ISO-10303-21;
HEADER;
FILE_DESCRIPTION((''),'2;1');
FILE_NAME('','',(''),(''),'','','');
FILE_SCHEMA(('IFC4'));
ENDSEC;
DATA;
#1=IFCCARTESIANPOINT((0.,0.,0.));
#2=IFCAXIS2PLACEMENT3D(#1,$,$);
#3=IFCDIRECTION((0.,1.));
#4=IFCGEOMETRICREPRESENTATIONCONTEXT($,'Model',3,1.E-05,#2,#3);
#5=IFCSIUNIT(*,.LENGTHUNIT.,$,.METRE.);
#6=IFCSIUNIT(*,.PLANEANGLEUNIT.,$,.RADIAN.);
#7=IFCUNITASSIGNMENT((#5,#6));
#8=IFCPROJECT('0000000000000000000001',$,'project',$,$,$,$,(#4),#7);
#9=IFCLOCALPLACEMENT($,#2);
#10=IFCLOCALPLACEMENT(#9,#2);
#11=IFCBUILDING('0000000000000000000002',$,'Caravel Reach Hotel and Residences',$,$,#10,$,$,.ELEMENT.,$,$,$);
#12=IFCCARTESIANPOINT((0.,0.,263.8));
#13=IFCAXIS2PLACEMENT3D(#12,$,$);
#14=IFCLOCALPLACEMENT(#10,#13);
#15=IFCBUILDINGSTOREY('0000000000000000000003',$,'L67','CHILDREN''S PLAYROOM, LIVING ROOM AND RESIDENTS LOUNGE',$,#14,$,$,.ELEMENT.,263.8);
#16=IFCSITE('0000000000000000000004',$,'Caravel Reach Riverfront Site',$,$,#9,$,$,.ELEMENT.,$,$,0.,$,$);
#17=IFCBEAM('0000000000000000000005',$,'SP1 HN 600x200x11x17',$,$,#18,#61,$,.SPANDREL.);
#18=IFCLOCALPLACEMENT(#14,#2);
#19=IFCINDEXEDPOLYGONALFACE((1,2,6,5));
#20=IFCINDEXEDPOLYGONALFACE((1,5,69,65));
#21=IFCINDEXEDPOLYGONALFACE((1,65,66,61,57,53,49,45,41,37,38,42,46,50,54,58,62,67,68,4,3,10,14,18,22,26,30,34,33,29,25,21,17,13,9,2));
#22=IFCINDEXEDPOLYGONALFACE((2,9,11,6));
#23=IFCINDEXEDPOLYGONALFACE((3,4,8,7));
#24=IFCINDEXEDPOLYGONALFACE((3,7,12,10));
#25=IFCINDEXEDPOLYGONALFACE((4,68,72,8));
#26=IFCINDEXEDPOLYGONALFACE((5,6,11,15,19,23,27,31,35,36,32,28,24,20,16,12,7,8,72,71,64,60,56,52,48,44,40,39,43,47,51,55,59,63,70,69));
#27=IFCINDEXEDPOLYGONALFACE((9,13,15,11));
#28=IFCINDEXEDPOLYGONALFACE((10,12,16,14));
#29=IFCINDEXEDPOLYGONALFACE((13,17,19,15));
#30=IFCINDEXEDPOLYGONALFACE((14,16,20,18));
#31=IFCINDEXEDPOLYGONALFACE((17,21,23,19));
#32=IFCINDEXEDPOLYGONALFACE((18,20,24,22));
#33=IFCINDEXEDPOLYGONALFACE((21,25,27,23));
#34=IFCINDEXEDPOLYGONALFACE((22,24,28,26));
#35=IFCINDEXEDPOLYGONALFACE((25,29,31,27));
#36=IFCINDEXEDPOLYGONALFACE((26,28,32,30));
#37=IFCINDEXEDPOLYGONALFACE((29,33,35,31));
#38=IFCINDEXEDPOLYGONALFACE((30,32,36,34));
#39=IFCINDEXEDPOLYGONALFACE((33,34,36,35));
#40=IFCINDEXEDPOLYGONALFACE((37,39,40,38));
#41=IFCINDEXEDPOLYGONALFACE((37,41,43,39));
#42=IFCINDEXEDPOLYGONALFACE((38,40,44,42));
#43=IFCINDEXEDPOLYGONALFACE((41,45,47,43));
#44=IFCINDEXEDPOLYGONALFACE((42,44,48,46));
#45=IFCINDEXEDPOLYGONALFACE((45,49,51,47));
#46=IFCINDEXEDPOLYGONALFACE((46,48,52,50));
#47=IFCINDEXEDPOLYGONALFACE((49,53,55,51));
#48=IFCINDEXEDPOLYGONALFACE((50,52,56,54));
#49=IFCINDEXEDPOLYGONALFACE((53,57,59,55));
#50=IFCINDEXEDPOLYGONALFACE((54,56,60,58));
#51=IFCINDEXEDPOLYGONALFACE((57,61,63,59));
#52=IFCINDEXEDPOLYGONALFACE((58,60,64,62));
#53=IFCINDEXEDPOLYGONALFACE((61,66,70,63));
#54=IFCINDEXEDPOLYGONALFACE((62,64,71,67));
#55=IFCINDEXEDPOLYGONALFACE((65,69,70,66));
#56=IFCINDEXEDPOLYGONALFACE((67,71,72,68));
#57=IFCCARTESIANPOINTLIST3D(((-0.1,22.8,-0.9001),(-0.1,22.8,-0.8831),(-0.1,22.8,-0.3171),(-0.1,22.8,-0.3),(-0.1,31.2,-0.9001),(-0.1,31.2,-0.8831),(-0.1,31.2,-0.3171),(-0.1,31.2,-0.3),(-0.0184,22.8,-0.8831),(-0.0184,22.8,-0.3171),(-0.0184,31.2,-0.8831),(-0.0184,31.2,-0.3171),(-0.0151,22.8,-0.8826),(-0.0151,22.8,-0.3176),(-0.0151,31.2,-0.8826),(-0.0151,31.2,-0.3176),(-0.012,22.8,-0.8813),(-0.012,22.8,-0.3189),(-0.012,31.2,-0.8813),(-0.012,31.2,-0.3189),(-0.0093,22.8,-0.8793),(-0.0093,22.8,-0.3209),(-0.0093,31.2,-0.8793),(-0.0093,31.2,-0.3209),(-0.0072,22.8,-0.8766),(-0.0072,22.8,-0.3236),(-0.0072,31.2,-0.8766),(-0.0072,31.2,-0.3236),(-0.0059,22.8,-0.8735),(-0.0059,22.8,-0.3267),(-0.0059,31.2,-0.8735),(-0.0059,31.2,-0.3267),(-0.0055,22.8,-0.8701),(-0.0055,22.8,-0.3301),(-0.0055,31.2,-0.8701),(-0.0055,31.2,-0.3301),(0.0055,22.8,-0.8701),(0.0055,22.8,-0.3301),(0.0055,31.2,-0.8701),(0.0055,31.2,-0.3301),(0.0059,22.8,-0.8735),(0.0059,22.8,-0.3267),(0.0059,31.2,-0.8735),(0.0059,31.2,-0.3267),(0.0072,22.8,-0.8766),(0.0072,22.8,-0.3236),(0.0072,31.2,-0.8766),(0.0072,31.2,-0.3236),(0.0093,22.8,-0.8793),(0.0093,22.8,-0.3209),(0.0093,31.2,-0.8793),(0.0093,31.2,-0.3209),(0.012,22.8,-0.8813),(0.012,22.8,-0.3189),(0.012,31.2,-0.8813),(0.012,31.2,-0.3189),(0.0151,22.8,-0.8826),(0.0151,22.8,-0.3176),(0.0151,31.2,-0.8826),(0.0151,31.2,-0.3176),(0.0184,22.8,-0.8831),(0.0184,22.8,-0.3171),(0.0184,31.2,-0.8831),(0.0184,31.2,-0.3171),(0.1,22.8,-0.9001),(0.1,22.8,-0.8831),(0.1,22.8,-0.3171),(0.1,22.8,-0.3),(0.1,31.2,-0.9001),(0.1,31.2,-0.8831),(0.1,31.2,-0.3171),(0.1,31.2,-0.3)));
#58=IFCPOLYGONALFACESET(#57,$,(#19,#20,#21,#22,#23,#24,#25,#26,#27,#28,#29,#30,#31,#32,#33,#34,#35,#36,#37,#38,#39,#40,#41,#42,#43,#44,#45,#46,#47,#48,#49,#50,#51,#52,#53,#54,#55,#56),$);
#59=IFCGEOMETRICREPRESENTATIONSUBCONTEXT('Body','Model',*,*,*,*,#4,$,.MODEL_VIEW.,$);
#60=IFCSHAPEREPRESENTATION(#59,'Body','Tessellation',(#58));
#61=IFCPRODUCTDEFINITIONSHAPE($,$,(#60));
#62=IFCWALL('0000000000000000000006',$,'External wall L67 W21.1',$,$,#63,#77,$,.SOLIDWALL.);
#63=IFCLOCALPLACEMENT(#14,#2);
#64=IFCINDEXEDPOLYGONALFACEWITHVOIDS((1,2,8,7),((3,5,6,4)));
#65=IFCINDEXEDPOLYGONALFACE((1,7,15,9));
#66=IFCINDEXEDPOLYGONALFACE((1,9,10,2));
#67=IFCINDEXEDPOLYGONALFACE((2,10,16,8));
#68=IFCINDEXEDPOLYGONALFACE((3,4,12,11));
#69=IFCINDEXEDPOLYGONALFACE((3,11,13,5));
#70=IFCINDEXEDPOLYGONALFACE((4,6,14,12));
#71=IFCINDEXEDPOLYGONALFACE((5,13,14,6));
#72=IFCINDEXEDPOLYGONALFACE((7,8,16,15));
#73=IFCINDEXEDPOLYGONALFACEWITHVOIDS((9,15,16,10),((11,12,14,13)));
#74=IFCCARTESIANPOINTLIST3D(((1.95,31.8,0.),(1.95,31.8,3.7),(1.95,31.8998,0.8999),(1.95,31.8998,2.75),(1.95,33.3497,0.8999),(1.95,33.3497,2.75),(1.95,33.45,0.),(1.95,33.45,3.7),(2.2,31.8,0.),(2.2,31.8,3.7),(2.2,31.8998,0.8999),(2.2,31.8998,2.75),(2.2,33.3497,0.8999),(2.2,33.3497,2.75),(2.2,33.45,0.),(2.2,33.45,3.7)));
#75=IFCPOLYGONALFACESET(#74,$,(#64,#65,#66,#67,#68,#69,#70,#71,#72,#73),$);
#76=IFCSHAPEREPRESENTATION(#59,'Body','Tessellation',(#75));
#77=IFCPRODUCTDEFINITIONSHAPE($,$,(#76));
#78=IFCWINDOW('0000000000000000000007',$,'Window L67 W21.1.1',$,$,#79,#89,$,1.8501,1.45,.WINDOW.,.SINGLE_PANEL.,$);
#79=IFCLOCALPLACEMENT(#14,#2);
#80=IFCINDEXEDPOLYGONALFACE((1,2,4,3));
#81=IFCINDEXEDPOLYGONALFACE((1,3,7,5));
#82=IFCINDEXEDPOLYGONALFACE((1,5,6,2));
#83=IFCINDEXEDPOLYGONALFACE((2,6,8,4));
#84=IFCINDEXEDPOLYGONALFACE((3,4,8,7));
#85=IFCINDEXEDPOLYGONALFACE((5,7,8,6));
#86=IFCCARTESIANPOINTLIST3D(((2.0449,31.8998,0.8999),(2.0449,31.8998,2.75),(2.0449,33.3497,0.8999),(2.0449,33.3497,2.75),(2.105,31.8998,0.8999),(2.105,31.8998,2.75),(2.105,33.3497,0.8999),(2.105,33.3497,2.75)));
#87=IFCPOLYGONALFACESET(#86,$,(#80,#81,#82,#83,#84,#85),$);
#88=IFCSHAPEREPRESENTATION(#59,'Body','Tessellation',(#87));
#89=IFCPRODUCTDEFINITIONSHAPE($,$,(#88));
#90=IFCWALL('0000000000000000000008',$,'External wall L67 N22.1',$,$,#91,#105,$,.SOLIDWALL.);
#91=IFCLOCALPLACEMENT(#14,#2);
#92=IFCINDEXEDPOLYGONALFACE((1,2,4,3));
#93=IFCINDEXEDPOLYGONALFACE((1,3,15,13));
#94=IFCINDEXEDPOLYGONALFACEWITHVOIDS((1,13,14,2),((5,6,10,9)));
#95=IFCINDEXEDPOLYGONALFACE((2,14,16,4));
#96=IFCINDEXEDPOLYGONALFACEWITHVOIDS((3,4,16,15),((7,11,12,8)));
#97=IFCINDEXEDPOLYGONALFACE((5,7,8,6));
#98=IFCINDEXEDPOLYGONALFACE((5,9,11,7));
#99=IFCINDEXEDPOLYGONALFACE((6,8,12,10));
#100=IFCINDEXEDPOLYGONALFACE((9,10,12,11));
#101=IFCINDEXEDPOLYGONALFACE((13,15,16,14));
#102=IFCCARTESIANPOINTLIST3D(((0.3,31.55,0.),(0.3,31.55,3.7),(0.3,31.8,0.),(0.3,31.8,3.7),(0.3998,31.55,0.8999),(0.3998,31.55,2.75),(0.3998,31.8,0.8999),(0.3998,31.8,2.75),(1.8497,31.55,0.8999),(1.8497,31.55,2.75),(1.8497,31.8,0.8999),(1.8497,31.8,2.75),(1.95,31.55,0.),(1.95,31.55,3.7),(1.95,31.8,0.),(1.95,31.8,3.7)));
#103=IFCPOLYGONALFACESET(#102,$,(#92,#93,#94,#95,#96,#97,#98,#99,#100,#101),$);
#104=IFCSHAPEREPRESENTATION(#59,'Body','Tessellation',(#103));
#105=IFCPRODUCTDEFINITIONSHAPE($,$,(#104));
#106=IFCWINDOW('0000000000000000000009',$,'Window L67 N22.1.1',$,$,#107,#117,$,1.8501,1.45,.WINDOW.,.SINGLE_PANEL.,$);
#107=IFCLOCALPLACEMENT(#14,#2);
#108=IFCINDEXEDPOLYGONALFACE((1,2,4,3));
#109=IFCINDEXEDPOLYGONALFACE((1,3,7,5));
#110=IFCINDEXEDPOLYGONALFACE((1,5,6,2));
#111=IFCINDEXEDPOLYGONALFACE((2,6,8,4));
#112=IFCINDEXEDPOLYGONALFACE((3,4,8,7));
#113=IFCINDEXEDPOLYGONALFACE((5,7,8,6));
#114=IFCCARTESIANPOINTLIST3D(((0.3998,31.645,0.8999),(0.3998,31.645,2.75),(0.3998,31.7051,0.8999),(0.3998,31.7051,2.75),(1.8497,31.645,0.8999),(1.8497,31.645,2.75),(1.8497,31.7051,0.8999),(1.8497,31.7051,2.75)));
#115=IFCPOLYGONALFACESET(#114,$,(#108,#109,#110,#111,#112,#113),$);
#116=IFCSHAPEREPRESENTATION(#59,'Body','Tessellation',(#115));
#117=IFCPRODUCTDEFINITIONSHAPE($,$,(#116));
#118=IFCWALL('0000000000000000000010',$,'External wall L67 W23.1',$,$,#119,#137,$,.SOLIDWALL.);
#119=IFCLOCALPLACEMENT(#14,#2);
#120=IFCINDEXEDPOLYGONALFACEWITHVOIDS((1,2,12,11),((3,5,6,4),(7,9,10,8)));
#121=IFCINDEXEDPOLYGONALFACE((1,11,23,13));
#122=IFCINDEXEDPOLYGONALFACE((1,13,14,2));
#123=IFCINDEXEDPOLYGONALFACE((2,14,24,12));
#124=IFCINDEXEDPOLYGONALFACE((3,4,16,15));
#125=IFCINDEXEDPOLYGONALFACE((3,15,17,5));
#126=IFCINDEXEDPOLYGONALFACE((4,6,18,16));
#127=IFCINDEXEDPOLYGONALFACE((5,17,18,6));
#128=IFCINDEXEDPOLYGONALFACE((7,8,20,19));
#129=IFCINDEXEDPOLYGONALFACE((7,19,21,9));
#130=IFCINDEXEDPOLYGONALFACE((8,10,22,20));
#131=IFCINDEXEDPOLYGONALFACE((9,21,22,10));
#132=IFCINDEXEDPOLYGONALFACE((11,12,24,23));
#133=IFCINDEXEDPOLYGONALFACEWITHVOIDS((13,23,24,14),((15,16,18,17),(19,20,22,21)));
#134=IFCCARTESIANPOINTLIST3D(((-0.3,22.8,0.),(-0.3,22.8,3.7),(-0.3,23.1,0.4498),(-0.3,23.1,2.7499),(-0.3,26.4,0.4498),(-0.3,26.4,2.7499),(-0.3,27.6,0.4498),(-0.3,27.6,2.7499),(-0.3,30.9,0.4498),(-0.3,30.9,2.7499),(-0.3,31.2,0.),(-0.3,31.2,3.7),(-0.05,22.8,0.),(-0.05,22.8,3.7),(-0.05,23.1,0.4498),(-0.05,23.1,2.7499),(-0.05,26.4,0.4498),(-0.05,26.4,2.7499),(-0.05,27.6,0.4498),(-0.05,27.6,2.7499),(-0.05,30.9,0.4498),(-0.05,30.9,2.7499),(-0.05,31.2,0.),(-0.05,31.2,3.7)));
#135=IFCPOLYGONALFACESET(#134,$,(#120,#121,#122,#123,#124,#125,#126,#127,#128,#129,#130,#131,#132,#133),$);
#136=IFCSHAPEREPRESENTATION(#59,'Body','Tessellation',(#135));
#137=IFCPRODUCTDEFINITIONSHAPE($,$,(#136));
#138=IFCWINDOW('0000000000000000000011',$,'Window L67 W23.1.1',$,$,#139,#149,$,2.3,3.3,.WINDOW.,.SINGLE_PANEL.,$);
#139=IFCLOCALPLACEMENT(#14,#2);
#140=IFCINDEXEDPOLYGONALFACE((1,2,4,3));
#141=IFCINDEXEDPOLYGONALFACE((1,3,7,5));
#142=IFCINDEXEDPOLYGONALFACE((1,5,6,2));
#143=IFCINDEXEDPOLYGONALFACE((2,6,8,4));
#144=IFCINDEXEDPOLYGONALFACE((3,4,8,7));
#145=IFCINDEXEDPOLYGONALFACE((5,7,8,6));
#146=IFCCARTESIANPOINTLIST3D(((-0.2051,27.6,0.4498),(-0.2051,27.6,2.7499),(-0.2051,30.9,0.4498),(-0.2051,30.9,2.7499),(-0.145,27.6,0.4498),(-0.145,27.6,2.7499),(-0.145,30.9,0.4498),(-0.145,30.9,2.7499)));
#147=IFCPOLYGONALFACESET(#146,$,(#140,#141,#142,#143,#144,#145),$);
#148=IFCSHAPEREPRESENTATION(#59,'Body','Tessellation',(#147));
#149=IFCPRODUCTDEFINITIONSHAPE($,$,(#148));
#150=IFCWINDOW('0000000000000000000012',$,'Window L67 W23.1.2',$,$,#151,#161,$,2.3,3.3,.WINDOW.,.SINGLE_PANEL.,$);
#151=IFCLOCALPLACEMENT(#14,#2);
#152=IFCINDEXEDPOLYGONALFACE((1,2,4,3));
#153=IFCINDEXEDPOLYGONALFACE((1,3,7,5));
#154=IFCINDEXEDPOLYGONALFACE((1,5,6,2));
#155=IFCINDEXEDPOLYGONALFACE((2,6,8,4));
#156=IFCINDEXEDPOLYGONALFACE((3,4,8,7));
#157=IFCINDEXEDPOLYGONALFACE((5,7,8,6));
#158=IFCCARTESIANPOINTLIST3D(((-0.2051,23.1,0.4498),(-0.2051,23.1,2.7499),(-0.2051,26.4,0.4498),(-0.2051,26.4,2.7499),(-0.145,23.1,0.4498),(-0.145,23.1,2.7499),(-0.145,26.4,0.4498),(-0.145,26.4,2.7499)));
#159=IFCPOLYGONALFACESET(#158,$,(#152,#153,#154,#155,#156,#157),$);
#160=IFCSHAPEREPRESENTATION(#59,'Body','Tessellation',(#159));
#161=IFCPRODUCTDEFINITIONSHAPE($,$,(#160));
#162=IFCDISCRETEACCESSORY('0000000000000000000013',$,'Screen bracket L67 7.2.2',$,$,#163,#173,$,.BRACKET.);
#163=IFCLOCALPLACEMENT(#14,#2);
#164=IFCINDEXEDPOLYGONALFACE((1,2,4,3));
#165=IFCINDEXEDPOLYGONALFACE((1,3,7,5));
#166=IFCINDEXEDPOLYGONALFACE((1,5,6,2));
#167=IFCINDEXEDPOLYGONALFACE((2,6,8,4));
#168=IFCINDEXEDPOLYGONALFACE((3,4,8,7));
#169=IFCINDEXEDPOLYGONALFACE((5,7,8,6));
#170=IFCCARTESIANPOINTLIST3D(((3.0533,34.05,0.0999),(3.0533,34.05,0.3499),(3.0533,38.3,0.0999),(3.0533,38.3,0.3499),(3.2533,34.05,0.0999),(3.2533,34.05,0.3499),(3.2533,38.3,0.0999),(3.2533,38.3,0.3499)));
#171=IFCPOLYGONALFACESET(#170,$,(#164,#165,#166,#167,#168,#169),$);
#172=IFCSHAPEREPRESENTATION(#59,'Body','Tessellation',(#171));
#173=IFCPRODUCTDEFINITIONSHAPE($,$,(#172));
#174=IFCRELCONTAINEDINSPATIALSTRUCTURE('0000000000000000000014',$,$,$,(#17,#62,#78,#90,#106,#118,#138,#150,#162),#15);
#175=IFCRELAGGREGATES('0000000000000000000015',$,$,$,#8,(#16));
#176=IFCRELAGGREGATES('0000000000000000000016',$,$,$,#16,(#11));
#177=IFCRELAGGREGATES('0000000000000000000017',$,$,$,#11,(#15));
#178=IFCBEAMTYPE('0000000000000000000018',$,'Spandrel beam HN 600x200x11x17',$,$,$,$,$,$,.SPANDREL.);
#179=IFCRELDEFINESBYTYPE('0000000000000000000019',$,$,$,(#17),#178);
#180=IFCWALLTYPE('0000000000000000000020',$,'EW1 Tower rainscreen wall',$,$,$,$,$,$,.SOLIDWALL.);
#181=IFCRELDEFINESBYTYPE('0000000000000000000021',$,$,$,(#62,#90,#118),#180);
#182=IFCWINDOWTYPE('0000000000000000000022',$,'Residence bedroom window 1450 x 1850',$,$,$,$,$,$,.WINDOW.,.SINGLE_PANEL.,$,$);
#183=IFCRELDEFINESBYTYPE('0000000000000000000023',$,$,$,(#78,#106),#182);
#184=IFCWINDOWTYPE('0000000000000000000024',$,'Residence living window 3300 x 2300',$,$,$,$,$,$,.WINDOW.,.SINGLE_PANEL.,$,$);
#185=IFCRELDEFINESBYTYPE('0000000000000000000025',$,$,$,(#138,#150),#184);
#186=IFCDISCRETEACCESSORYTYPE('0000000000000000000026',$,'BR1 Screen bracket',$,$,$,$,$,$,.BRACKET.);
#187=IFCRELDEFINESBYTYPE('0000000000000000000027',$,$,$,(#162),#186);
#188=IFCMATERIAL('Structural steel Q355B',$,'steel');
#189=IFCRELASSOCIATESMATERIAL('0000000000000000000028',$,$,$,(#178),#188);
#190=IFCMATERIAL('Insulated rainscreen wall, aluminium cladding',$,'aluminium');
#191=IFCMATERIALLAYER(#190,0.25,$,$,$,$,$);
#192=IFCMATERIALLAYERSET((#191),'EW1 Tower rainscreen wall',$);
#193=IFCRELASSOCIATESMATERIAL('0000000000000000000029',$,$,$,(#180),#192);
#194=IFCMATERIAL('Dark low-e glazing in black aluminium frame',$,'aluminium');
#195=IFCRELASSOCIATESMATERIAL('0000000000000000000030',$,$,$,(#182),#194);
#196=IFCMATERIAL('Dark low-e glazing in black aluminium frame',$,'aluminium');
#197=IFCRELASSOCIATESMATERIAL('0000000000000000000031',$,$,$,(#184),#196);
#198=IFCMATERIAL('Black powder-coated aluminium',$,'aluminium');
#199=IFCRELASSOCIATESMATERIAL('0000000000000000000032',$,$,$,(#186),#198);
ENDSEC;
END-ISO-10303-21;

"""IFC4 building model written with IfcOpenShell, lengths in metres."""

from ifc_helpers import new_model, si_unit, direction, frame, frame_2d, origin, origin_2d, place, context, subcontext, project, spatial, rectangle, i_section, extrude, material, layer, layer_set, material_profile, profile_set, type_object, element, fill, save


model = new_model("IFC4")

# Units and contexts
model_context = context("Model", 3, precision=1e-05, world=origin(), true_north=direction((0.0, 1.0)))
body_context = subcontext(model_context, "Body", "Model", "MODEL_VIEW")
ifc_project = project(units=[si_unit("LENGTHUNIT", "METRE"), si_unit("PLANEANGLEUNIT", "RADIAN")], contexts=[model_context])

# Site, building, storey
site_placement = place(None, origin())
site = spatial("IfcSite", under=ifc_project, at=site_placement, Name="Caravel Reach Riverfront Site", CompositionType="ELEMENT", RefElevation=0.0)
building_placement = place(site_placement, origin())
building = spatial("IfcBuilding", under=site, at=building_placement, Name="Caravel Reach Hotel and Residences", CompositionType="ELEMENT")
storey_placement = place(building_placement, frame((0.0, 0.0, 263.8)))
storey = spatial("IfcBuildingStorey", under=building, at=storey_placement, Name="L67", Description="CHILDREN'S PLAYROOM, LIVING ROOM AND RESIDENTS LOUNGE", CompositionType="ELEMENT", Elevation=263.8)

# Beam
ifc_material_1 = material(Name="Structural steel Q355B", Category="steel")
ifc_material_profile_1 = material_profile(ifc_material_1, i_section(OverallWidth=0.2, OverallDepth=0.6001, WebThickness=0.011, FlangeThickness=0.0171, FilletRadius=0.0129, at=origin_2d()), Name="HN 600x200x11x17")
ifc_profile_set_1 = profile_set([ifc_material_profile_1], Name="Structural steel Q355B")
beam_type = type_object("IfcBeamType", Name="Spandrel beam HN 600x200x11x17", PredefinedType="SPANDREL", material=ifc_profile_set_1)
beam_placement = place(storey_placement, frame((0.0, 31.2, -0.6001), z_axis=(0.0, -1.0, 0.0), x_axis=(1.0, 0.0, 0.0)))
element("IfcBeam", 1, at=beam_placement, inside=storey, type_object=beam_type, Name="SP1 HN 600x200x11x17", PredefinedType="SPANDREL", context=body_context, shape_type="SweptSolid", body=[
    extrude(i_section(OverallWidth=0.2, OverallDepth=0.6001, WebThickness=0.011, FlangeThickness=0.0171, FilletRadius=0.0129, at=origin_2d()), origin(), (0.0, 0.0, 1.0), 8.3999),
])

# Walls, openings, windows
ifc_material_2 = material(Name="Insulated rainscreen wall, aluminium cladding", Category="aluminium")
ifc_layer = layer(ifc_material_2, 0.25)
ifc_layer_set = layer_set([ifc_layer], Name="EW1 Tower rainscreen wall")
wall_type = type_object("IfcWallType", Name="EW1 Tower rainscreen wall", PredefinedType="SOLIDWALL", material=ifc_layer_set)
wall_1_placement = place(storey_placement, frame((2.075, 33.45, 0.0), z_axis=(0.0, 0.0, 1.0), x_axis=(0.0, -1.0, 0.0)))
wall_1 = element("IfcWall", 2, at=wall_1_placement, inside=storey, type_object=wall_type, Name="External wall L67 W21.1", PredefinedType="SOLIDWALL", context=body_context, shape_type="SweptSolid", body=[
    extrude(rectangle(XDim=1.6499, YDim=0.25, at=frame_2d((0.825, 0.0))), origin(), (0.0, 0.0, 1.0), 3.7),
])
opening_1_placement = place(wall_1_placement, frame((0.1001, 0.0, 0.8999)))
opening_1 = element("IfcOpeningElement", 3, at=opening_1_placement, cuts=wall_1, PredefinedType="OPENING", context=body_context, shape_type="SweptSolid", body=[
    extrude(rectangle(XDim=1.45, YDim=1.8501, at=frame_2d((0.7251, 0.925))), frame((0.0, 0.135, 0.0), z_axis=(0.0, -1.0, 0.0), x_axis=(1.0, 0.0, 0.0)), (0.0, 0.0, 1.0), 0.27),
])
ifc_material_3 = material(Name="Dark low-e glazing in black aluminium frame", Category="aluminium")
window_type_1 = type_object("IfcWindowType", Name="Residence bedroom window 1450 x 1850", PartitioningType="SINGLE_PANEL", PredefinedType="WINDOW", material=ifc_material_3)
window_1_placement = place(opening_1_placement, origin())
window_1 = element("IfcWindow", 4, at=window_1_placement, inside=storey, type_object=window_type_1, Name="Window L67 W21.1.1", OverallHeight=1.8501, OverallWidth=1.45, PartitioningType="SINGLE_PANEL", PredefinedType="WINDOW", context=body_context, shape_type="SweptSolid", body=[
    extrude(rectangle(XDim=1.45, YDim=1.8501, at=frame_2d((0.7251, 0.925))), frame((0.0, 0.03, 0.0), z_axis=(0.0, -1.0, 0.0), x_axis=(1.0, 0.0, 0.0)), (0.0, 0.0, 1.0), 0.0601),
])
fill(opening_1, window_1)
wall_2_placement = place(storey_placement, frame((1.95, 31.675, 0.0), z_axis=(0.0, 0.0, 1.0), x_axis=(-1.0, 0.0, 0.0)))
wall_2 = element("IfcWall", 5, at=wall_2_placement, inside=storey, type_object=wall_type, Name="External wall L67 N22.1", PredefinedType="SOLIDWALL", context=body_context, shape_type="SweptSolid", body=[
    extrude(rectangle(XDim=1.6499, YDim=0.25, at=frame_2d((0.825, 0.0))), origin(), (0.0, 0.0, 1.0), 3.7),
])
opening_2_placement = place(wall_2_placement, frame((0.1001, 0.0, 0.8999)))
opening_2 = element("IfcOpeningElement", 6, at=opening_2_placement, cuts=wall_2, PredefinedType="OPENING", context=body_context, shape_type="SweptSolid", body=[
    extrude(rectangle(XDim=1.45, YDim=1.8501, at=frame_2d((0.7251, 0.925))), frame((0.0, 0.135, 0.0), z_axis=(0.0, -1.0, 0.0), x_axis=(1.0, 0.0, 0.0)), (0.0, 0.0, 1.0), 0.27),
])
window_2_placement = place(opening_2_placement, origin())
window_2 = element("IfcWindow", 7, at=window_2_placement, inside=storey, type_object=window_type_1, Name="Window L67 N22.1.1", OverallHeight=1.8501, OverallWidth=1.45, PartitioningType="SINGLE_PANEL", PredefinedType="WINDOW", context=body_context, shape_type="SweptSolid", body=[
    extrude(rectangle(XDim=1.45, YDim=1.8501, at=frame_2d((0.7251, 0.925))), frame((0.0, 0.03, 0.0), z_axis=(0.0, -1.0, 0.0), x_axis=(1.0, 0.0, 0.0)), (0.0, 0.0, 1.0), 0.0601),
])
fill(opening_2, window_2)

# Wall, openings, windows
wall_3_placement = place(storey_placement, frame((-0.175, 31.2, 0.0), z_axis=(0.0, 0.0, 1.0), x_axis=(0.0, -1.0, 0.0)))
wall_3 = element("IfcWall", 8, at=wall_3_placement, inside=storey, type_object=wall_type, Name="External wall L67 W23.1", PredefinedType="SOLIDWALL", context=body_context, shape_type="SweptSolid", body=[
    extrude(rectangle(XDim=8.3999, YDim=0.25, at=frame_2d((4.2, 0.0))), origin(), (0.0, 0.0, 1.0), 3.7),
])
opening_3_placement = place(wall_3_placement, frame((0.3, 0.0, 0.45)))
opening_3 = element("IfcOpeningElement", 9, at=opening_3_placement, cuts=wall_3, PredefinedType="OPENING", context=body_context, shape_type="SweptSolid", body=[
    extrude(rectangle(XDim=3.3, YDim=2.3, at=frame_2d((1.6499, 1.1499))), frame((0.0, 0.135, 0.0), z_axis=(0.0, -1.0, 0.0), x_axis=(1.0, 0.0, 0.0)), (0.0, 0.0, 1.0), 0.27),
])
opening_4_placement = place(wall_3_placement, frame((4.8, 0.0, 0.45)))
opening_4 = element("IfcOpeningElement", 10, at=opening_4_placement, cuts=wall_3, PredefinedType="OPENING", context=body_context, shape_type="SweptSolid", body=[
    extrude(rectangle(XDim=3.3, YDim=2.3, at=frame_2d((1.6499, 1.1499))), frame((0.0, 0.135, 0.0), z_axis=(0.0, -1.0, 0.0), x_axis=(1.0, 0.0, 0.0)), (0.0, 0.0, 1.0), 0.27),
])
ifc_material_4 = material(Name="Dark low-e glazing in black aluminium frame", Category="aluminium")
window_type_2 = type_object("IfcWindowType", Name="Residence living window 3300 x 2300", PartitioningType="SINGLE_PANEL", PredefinedType="WINDOW", material=ifc_material_4)
window_3_placement = place(opening_3_placement, origin())
window_3 = element("IfcWindow", 11, at=window_3_placement, inside=storey, type_object=window_type_2, Name="Window L67 W23.1.1", OverallHeight=2.3, OverallWidth=3.3, PartitioningType="SINGLE_PANEL", PredefinedType="WINDOW", context=body_context, shape_type="SweptSolid", body=[
    extrude(rectangle(XDim=3.3, YDim=2.3, at=frame_2d((1.6499, 1.1499))), frame((0.0, 0.03, 0.0), z_axis=(0.0, -1.0, 0.0), x_axis=(1.0, 0.0, 0.0)), (0.0, 0.0, 1.0), 0.0601),
])
fill(opening_3, window_3)
window_4_placement = place(opening_4_placement, origin())
window_4 = element("IfcWindow", 12, at=window_4_placement, inside=storey, type_object=window_type_2, Name="Window L67 W23.1.2", OverallHeight=2.3, OverallWidth=3.3, PartitioningType="SINGLE_PANEL", PredefinedType="WINDOW", context=body_context, shape_type="SweptSolid", body=[
    extrude(rectangle(XDim=3.3, YDim=2.3, at=frame_2d((1.6499, 1.1499))), frame((0.0, 0.03, 0.0), z_axis=(0.0, -1.0, 0.0), x_axis=(1.0, 0.0, 0.0)), (0.0, 0.0, 1.0), 0.0601),
])
fill(opening_4, window_4)

# Discrete accessory
ifc_material_5 = material(Name="Black powder-coated aluminium", Category="aluminium")
discrete_accessory_type = type_object("IfcDiscreteAccessoryType", Name="BR1 Screen bracket", PredefinedType="BRACKET", material=ifc_material_5)
discrete_accessory_1_placement = place(storey_placement, frame((3.1533, 36.175, 0.0999), z_axis=(0.0, 0.0, 1.0), x_axis=(0.0, 1.0, 0.0)))
element("IfcDiscreteAccessory", 13, at=discrete_accessory_1_placement, inside=storey, type_object=discrete_accessory_type, Name="Screen bracket L67 7.2.2", PredefinedType="BRACKET", context=body_context, shape_type="SweptSolid", body=[
    extrude(rectangle(XDim=4.25, YDim=0.2, at=origin_2d()), origin(), (0.0, 0.0, 1.0), 0.25),
])

save(model, "model.ifc")
